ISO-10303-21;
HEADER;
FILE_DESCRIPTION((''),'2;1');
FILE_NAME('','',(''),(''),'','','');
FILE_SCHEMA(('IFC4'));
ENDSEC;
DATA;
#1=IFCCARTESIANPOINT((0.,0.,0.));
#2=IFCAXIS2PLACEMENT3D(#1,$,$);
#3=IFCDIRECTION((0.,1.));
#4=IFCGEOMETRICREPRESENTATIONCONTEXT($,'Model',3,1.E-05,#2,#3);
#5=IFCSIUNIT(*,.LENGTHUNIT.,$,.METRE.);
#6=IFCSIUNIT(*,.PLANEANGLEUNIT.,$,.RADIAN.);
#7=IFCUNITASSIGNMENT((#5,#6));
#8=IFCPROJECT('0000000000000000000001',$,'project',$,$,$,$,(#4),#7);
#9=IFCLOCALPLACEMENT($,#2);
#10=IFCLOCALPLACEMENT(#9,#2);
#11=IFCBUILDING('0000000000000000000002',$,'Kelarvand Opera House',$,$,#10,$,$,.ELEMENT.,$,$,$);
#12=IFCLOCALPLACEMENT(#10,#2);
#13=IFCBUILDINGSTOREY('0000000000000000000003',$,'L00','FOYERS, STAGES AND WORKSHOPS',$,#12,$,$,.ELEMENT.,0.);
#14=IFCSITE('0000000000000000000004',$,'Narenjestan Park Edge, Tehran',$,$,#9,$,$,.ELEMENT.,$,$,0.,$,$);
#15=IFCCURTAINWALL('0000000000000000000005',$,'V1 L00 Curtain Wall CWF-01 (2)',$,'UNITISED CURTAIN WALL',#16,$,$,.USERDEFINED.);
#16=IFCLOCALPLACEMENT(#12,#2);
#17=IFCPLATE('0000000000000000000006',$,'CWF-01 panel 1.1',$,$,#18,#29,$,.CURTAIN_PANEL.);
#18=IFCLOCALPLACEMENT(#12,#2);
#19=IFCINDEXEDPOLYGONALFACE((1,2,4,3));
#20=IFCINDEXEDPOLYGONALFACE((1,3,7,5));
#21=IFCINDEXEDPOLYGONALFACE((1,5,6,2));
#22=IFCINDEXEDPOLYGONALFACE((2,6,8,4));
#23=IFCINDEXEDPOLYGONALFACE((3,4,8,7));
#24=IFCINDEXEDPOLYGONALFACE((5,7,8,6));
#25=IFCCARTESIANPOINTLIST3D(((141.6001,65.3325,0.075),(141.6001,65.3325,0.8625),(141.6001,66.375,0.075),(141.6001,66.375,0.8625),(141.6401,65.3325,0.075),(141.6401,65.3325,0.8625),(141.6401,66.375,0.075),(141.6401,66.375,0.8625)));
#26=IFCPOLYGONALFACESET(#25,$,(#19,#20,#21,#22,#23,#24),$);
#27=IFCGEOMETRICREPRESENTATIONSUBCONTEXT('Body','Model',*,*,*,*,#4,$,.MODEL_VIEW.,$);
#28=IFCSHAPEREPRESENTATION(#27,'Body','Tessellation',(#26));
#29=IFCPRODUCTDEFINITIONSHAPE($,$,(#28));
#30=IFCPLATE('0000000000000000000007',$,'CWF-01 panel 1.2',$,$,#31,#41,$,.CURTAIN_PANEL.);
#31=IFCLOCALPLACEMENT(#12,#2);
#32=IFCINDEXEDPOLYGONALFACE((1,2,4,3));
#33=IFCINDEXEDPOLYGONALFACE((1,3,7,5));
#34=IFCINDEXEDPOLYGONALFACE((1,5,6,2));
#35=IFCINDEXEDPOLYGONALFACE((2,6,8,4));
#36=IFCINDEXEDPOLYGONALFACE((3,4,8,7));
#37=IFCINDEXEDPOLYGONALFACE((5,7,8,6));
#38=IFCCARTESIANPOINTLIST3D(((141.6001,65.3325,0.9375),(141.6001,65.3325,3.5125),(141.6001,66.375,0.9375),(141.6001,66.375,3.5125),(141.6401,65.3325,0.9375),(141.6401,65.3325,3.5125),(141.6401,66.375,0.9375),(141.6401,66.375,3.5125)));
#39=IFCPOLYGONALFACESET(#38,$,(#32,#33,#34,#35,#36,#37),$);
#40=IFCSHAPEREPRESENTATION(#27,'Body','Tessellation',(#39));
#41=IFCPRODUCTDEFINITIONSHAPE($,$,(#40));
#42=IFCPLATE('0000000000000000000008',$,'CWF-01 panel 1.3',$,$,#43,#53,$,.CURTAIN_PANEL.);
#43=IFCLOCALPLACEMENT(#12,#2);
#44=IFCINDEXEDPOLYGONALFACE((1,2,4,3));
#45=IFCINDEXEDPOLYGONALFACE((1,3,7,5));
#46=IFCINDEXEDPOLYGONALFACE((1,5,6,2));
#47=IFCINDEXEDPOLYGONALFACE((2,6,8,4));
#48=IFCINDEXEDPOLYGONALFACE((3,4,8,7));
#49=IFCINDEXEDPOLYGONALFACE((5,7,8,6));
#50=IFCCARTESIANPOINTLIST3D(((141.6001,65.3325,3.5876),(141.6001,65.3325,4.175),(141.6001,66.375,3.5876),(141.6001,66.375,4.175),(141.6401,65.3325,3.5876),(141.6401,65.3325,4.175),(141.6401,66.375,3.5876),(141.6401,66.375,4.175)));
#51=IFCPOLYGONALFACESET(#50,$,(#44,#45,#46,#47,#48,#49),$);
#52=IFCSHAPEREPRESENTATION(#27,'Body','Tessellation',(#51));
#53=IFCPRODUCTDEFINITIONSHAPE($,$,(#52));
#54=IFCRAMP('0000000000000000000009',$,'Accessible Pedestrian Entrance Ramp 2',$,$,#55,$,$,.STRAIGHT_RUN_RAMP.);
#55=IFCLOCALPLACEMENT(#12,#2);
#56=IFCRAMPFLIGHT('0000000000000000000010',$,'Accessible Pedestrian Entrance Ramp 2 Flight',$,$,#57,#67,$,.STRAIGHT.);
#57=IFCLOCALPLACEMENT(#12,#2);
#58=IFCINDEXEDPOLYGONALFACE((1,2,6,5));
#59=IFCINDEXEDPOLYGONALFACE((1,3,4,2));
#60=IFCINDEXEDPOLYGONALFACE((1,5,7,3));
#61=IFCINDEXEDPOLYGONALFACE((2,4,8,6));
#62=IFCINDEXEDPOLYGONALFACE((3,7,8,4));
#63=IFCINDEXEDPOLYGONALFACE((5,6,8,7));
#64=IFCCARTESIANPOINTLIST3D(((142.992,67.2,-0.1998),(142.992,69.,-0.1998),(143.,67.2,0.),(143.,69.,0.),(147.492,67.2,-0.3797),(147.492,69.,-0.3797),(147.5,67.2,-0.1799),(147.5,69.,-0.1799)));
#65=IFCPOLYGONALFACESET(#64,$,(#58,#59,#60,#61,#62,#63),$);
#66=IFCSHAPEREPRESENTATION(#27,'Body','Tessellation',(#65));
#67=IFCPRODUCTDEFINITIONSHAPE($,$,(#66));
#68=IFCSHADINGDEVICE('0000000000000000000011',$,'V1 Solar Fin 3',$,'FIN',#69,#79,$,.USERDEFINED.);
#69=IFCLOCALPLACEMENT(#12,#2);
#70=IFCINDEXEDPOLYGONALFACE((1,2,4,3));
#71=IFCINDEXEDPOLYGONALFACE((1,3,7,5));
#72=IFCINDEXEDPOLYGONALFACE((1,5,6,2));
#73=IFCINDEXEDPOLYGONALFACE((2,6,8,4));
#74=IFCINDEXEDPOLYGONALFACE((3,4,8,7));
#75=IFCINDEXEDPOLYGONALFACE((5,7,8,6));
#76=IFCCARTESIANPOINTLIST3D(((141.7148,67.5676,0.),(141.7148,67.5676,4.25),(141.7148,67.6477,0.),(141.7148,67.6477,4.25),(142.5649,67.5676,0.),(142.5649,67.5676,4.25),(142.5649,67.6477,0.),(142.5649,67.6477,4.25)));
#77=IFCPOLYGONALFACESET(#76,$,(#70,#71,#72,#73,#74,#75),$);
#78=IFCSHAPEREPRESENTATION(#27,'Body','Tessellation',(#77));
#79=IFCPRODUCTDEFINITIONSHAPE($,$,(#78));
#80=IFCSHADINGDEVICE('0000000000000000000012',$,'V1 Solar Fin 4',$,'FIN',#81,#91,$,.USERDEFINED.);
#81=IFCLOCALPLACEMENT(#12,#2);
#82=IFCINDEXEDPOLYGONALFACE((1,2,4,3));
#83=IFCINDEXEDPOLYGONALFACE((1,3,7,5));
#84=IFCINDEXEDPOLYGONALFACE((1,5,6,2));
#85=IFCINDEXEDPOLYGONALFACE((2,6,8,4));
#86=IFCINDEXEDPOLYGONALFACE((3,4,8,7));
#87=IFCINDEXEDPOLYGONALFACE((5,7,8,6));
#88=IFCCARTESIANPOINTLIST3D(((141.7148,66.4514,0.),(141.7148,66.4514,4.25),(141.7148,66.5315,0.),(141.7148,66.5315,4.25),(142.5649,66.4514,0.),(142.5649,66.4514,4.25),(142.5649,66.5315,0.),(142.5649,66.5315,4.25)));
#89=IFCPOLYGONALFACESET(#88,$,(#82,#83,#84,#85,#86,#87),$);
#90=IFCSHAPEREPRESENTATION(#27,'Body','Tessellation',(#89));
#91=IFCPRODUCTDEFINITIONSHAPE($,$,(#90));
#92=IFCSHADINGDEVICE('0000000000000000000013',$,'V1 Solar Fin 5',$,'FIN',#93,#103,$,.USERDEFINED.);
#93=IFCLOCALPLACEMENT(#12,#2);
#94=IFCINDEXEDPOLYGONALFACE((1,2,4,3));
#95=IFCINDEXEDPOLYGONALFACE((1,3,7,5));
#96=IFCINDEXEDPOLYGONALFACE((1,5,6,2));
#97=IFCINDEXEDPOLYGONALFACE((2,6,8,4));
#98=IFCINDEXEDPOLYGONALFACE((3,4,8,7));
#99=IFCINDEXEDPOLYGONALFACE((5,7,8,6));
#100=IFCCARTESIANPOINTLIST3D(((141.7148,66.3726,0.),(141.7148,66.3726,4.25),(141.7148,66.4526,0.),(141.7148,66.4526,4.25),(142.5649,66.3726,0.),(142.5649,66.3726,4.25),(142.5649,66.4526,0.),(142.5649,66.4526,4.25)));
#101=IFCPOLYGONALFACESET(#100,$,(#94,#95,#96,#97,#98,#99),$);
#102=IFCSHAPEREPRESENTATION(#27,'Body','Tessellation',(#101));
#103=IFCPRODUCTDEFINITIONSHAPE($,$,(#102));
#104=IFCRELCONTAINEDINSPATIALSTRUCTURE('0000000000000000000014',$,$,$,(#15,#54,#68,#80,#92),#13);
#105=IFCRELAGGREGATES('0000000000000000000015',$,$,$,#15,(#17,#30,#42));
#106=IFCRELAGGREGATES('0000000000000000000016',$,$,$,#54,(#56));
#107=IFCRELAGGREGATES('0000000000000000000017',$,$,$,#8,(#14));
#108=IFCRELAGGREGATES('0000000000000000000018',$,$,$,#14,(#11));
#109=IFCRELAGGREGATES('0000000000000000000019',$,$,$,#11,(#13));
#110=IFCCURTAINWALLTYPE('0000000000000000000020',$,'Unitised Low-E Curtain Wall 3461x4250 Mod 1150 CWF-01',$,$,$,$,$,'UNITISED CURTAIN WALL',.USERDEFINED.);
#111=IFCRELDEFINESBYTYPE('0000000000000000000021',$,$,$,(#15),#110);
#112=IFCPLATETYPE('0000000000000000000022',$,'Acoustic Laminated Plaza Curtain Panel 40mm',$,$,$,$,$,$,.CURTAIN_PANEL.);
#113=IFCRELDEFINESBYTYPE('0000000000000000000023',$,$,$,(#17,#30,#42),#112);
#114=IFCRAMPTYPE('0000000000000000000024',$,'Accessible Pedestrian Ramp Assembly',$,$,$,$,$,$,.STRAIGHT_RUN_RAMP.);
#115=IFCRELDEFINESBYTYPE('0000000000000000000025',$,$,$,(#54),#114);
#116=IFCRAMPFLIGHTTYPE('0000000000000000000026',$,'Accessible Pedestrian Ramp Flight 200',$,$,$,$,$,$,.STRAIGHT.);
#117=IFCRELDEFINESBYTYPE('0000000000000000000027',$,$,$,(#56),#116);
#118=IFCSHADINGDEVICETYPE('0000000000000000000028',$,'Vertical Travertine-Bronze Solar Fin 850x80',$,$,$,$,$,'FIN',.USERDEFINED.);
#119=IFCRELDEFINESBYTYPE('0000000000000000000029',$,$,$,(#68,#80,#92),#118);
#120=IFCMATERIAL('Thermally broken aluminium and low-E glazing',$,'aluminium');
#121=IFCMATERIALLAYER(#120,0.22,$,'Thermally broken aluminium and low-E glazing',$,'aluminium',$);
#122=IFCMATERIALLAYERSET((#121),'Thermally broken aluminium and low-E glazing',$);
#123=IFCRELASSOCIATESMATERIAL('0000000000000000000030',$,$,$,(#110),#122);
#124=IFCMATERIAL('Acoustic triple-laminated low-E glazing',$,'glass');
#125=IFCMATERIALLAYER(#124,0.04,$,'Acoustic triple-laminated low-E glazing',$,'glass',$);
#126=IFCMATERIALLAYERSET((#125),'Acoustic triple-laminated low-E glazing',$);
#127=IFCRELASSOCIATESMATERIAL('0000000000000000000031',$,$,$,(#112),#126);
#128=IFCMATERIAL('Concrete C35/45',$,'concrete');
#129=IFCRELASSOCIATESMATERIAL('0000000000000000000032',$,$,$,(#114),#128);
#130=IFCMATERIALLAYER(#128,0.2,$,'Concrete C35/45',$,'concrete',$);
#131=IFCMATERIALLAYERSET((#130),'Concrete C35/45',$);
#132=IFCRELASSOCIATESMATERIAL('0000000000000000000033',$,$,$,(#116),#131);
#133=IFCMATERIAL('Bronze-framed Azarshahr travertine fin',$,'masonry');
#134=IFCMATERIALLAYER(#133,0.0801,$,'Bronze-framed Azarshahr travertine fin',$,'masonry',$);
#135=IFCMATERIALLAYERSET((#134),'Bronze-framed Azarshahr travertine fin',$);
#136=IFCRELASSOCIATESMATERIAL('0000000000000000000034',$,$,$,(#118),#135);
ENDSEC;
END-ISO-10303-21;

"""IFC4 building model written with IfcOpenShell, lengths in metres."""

from ifc_helpers import new_model, si_unit, direction, frame, origin, origin_2d, place, context, subcontext, project, spatial, polyline, rectangle, outline, extrude, material, layer, layer_set, type_object, element, aggregate, save


model = new_model("IFC4")

# Units and contexts
model_context = context("Model", 3, precision=1e-05, world=origin(), true_north=direction((0.0, 1.0)))
body_context = subcontext(model_context, "Body", "Model", "MODEL_VIEW")
ifc_project = project(units=[si_unit("LENGTHUNIT", "METRE"), si_unit("PLANEANGLEUNIT", "RADIAN")], contexts=[model_context])

# Site, building, storey
site_placement = place(None, origin())
site = spatial("IfcSite", under=ifc_project, at=site_placement, Name="Narenjestan Park Edge, Tehran", CompositionType="ELEMENT", RefElevation=0.0)
building_placement = place(site_placement, origin())
building = spatial("IfcBuilding", under=site, at=building_placement, Name="Kelarvand Opera House", CompositionType="ELEMENT")
storey_placement = place(building_placement, origin())
storey = spatial("IfcBuildingStorey", under=building, at=storey_placement, Name="L00", Description="FOYERS, STAGES AND WORKSHOPS", CompositionType="ELEMENT", Elevation=0.0)

# Shared definitions
ifc_material_1 = material(Name="Thermally broken aluminium and low-E glazing", Category="aluminium")
ifc_layer_1 = layer(ifc_material_1, 0.22, Name="Thermally broken aluminium and low-E glazing", Category="aluminium")
ifc_layer_set_1 = layer_set([ifc_layer_1], Name="Thermally broken aluminium and low-E glazing")
curtain_wall_type = type_object("IfcCurtainWallType", Name="Unitised Low-E Curtain Wall 3461x4250 Mod 1150 CWF-01", ElementType="UNITISED CURTAIN WALL", PredefinedType="USERDEFINED", material=ifc_layer_set_1)

# Curtain wall
curtain_wall_1_placement = place(storey_placement, origin())
curtain_wall_1 = element("IfcCurtainWall", 1, at=curtain_wall_1_placement, inside=storey, type_object=curtain_wall_type, Name="V1 L00 Curtain Wall CWF-01 (2)", ObjectType="UNITISED CURTAIN WALL", PredefinedType="USERDEFINED")

# Plates
ifc_material_2 = material(Name="Acoustic triple-laminated low-E glazing", Category="glass")
ifc_layer_2 = layer(ifc_material_2, 0.04, Name="Acoustic triple-laminated low-E glazing", Category="glass")
ifc_layer_set_2 = layer_set([ifc_layer_2], Name="Acoustic triple-laminated low-E glazing")
plate_type = type_object("IfcPlateType", Name="Acoustic Laminated Plaza Curtain Panel 40mm", PredefinedType="CURTAIN_PANEL", material=ifc_layer_set_2)
plate_1_placement = place(storey_placement, frame((141.6201, 65.8538, 0.075), z_axis=(0.0, 0.0, 1.0), x_axis=(0.0, -1.0, 0.0)))
plate_1 = element("IfcPlate", 2, at=plate_1_placement, type_object=plate_type, Name="CWF-01 panel 1.1", PredefinedType="CURTAIN_PANEL", context=body_context, shape_type="SweptSolid", body=[
    extrude(rectangle(XDim=1.0425, YDim=0.04, at=origin_2d()), origin(), (0.0, 0.0, 1.0), 0.7876),
])
plate_2_placement = place(storey_placement, frame((141.6201, 65.8538, 0.9375), z_axis=(0.0, 0.0, 1.0), x_axis=(0.0, -1.0, 0.0)))
plate_2 = element("IfcPlate", 3, at=plate_2_placement, type_object=plate_type, Name="CWF-01 panel 1.2", PredefinedType="CURTAIN_PANEL", context=body_context, shape_type="SweptSolid", body=[
    extrude(rectangle(XDim=1.0425, YDim=0.04, at=origin_2d()), origin(), (0.0, 0.0, 1.0), 2.575),
])
plate_3_placement = place(storey_placement, frame((141.6201, 65.8538, 3.5876), z_axis=(0.0, 0.0, 1.0), x_axis=(0.0, -1.0, 0.0)))
plate_3 = element("IfcPlate", 4, at=plate_3_placement, type_object=plate_type, Name="CWF-01 panel 1.3", PredefinedType="CURTAIN_PANEL", context=body_context, shape_type="SweptSolid", body=[
    extrude(rectangle(XDim=1.0425, YDim=0.04, at=origin_2d()), origin(), (0.0, 0.0, 1.0), 0.5874),
])
aggregate(curtain_wall_1, [plate_1, plate_2, plate_3])

# Ramp, ramp flight
ifc_material_3 = material(Name="Concrete C35/45", Category="concrete")
ramp_type = type_object("IfcRampType", Name="Accessible Pedestrian Ramp Assembly", PredefinedType="STRAIGHT_RUN_RAMP", material=ifc_material_3)
ramp_placement = place(storey_placement, origin())
ramp = element("IfcRamp", 5, at=ramp_placement, inside=storey, type_object=ramp_type, Name="Accessible Pedestrian Entrance Ramp 2", PredefinedType="STRAIGHT_RUN_RAMP")
ifc_layer_3 = layer(ifc_material_3, 0.2, Name="Concrete C35/45", Category="concrete")
ifc_layer_set_3 = layer_set([ifc_layer_3], Name="Concrete C35/45")
ramp_flight_type = type_object("IfcRampFlightType", Name="Accessible Pedestrian Ramp Flight 200", PredefinedType="STRAIGHT", material=ifc_layer_set_3)
ramp_flight_placement = place(storey_placement, frame((143.0, 67.2, 0.0), z_axis=(0.039953, 0.0, 0.999202), x_axis=(0.999202, 0.0, -0.039953)))
ramp_flight = element("IfcRampFlight", 6, at=ramp_flight_placement, type_object=ramp_flight_type, Name="Accessible Pedestrian Entrance Ramp 2 Flight", PredefinedType="STRAIGHT", context=body_context, shape_type="SweptSolid", body=[
    extrude(outline(polyline([(0.0, 0.0), (4.5036, 0.0), (4.5036, 1.8), (0.0, 1.8), (0.0, 0.0)])), origin(), (0.0, 0.0, -1.0), 0.2),
])
aggregate(ramp, [ramp_flight])

# Shading devices
ifc_material_4 = material(Name="Bronze-framed Azarshahr travertine fin", Category="masonry")
ifc_layer_4 = layer(ifc_material_4, 0.0801, Name="Bronze-framed Azarshahr travertine fin", Category="masonry")
ifc_layer_set_4 = layer_set([ifc_layer_4], Name="Bronze-framed Azarshahr travertine fin")
shading_device_type = type_object("IfcShadingDeviceType", Name="Vertical Travertine-Bronze Solar Fin 850x80", ElementType="FIN", PredefinedType="USERDEFINED", material=ifc_layer_set_4)
for number, where, z_axis, x_axis, name in (
    (7, (142.1399, 67.6077, 0.0), (0.0, 0.0, 1.0), (1.0, 0.0, 0.0), "V1 Solar Fin 3"),
    (8, (142.1399, 66.4915, 0.0), (0.0, 0.0, 1.0), (1.0, 0.0, 0.0), "V1 Solar Fin 4"),
    (9, (142.1399, 66.4126, 0.0), (0.0, 0.0, 1.0), (1.0, 0.0, 0.0), "V1 Solar Fin 5"),
):
    element("IfcShadingDevice", number, at=place(storey_placement, frame(where, z_axis=z_axis, x_axis=x_axis)), inside=storey, type_object=shading_device_type, Name=name, ObjectType="FIN", PredefinedType="USERDEFINED", context=body_context, shape_type="SweptSolid", body=[
        extrude(rectangle(XDim=0.8501, YDim=0.0801, at=origin_2d()), origin(), (0.0, 0.0, 1.0), 4.25),
    ])

save(model, "model.ifc")
